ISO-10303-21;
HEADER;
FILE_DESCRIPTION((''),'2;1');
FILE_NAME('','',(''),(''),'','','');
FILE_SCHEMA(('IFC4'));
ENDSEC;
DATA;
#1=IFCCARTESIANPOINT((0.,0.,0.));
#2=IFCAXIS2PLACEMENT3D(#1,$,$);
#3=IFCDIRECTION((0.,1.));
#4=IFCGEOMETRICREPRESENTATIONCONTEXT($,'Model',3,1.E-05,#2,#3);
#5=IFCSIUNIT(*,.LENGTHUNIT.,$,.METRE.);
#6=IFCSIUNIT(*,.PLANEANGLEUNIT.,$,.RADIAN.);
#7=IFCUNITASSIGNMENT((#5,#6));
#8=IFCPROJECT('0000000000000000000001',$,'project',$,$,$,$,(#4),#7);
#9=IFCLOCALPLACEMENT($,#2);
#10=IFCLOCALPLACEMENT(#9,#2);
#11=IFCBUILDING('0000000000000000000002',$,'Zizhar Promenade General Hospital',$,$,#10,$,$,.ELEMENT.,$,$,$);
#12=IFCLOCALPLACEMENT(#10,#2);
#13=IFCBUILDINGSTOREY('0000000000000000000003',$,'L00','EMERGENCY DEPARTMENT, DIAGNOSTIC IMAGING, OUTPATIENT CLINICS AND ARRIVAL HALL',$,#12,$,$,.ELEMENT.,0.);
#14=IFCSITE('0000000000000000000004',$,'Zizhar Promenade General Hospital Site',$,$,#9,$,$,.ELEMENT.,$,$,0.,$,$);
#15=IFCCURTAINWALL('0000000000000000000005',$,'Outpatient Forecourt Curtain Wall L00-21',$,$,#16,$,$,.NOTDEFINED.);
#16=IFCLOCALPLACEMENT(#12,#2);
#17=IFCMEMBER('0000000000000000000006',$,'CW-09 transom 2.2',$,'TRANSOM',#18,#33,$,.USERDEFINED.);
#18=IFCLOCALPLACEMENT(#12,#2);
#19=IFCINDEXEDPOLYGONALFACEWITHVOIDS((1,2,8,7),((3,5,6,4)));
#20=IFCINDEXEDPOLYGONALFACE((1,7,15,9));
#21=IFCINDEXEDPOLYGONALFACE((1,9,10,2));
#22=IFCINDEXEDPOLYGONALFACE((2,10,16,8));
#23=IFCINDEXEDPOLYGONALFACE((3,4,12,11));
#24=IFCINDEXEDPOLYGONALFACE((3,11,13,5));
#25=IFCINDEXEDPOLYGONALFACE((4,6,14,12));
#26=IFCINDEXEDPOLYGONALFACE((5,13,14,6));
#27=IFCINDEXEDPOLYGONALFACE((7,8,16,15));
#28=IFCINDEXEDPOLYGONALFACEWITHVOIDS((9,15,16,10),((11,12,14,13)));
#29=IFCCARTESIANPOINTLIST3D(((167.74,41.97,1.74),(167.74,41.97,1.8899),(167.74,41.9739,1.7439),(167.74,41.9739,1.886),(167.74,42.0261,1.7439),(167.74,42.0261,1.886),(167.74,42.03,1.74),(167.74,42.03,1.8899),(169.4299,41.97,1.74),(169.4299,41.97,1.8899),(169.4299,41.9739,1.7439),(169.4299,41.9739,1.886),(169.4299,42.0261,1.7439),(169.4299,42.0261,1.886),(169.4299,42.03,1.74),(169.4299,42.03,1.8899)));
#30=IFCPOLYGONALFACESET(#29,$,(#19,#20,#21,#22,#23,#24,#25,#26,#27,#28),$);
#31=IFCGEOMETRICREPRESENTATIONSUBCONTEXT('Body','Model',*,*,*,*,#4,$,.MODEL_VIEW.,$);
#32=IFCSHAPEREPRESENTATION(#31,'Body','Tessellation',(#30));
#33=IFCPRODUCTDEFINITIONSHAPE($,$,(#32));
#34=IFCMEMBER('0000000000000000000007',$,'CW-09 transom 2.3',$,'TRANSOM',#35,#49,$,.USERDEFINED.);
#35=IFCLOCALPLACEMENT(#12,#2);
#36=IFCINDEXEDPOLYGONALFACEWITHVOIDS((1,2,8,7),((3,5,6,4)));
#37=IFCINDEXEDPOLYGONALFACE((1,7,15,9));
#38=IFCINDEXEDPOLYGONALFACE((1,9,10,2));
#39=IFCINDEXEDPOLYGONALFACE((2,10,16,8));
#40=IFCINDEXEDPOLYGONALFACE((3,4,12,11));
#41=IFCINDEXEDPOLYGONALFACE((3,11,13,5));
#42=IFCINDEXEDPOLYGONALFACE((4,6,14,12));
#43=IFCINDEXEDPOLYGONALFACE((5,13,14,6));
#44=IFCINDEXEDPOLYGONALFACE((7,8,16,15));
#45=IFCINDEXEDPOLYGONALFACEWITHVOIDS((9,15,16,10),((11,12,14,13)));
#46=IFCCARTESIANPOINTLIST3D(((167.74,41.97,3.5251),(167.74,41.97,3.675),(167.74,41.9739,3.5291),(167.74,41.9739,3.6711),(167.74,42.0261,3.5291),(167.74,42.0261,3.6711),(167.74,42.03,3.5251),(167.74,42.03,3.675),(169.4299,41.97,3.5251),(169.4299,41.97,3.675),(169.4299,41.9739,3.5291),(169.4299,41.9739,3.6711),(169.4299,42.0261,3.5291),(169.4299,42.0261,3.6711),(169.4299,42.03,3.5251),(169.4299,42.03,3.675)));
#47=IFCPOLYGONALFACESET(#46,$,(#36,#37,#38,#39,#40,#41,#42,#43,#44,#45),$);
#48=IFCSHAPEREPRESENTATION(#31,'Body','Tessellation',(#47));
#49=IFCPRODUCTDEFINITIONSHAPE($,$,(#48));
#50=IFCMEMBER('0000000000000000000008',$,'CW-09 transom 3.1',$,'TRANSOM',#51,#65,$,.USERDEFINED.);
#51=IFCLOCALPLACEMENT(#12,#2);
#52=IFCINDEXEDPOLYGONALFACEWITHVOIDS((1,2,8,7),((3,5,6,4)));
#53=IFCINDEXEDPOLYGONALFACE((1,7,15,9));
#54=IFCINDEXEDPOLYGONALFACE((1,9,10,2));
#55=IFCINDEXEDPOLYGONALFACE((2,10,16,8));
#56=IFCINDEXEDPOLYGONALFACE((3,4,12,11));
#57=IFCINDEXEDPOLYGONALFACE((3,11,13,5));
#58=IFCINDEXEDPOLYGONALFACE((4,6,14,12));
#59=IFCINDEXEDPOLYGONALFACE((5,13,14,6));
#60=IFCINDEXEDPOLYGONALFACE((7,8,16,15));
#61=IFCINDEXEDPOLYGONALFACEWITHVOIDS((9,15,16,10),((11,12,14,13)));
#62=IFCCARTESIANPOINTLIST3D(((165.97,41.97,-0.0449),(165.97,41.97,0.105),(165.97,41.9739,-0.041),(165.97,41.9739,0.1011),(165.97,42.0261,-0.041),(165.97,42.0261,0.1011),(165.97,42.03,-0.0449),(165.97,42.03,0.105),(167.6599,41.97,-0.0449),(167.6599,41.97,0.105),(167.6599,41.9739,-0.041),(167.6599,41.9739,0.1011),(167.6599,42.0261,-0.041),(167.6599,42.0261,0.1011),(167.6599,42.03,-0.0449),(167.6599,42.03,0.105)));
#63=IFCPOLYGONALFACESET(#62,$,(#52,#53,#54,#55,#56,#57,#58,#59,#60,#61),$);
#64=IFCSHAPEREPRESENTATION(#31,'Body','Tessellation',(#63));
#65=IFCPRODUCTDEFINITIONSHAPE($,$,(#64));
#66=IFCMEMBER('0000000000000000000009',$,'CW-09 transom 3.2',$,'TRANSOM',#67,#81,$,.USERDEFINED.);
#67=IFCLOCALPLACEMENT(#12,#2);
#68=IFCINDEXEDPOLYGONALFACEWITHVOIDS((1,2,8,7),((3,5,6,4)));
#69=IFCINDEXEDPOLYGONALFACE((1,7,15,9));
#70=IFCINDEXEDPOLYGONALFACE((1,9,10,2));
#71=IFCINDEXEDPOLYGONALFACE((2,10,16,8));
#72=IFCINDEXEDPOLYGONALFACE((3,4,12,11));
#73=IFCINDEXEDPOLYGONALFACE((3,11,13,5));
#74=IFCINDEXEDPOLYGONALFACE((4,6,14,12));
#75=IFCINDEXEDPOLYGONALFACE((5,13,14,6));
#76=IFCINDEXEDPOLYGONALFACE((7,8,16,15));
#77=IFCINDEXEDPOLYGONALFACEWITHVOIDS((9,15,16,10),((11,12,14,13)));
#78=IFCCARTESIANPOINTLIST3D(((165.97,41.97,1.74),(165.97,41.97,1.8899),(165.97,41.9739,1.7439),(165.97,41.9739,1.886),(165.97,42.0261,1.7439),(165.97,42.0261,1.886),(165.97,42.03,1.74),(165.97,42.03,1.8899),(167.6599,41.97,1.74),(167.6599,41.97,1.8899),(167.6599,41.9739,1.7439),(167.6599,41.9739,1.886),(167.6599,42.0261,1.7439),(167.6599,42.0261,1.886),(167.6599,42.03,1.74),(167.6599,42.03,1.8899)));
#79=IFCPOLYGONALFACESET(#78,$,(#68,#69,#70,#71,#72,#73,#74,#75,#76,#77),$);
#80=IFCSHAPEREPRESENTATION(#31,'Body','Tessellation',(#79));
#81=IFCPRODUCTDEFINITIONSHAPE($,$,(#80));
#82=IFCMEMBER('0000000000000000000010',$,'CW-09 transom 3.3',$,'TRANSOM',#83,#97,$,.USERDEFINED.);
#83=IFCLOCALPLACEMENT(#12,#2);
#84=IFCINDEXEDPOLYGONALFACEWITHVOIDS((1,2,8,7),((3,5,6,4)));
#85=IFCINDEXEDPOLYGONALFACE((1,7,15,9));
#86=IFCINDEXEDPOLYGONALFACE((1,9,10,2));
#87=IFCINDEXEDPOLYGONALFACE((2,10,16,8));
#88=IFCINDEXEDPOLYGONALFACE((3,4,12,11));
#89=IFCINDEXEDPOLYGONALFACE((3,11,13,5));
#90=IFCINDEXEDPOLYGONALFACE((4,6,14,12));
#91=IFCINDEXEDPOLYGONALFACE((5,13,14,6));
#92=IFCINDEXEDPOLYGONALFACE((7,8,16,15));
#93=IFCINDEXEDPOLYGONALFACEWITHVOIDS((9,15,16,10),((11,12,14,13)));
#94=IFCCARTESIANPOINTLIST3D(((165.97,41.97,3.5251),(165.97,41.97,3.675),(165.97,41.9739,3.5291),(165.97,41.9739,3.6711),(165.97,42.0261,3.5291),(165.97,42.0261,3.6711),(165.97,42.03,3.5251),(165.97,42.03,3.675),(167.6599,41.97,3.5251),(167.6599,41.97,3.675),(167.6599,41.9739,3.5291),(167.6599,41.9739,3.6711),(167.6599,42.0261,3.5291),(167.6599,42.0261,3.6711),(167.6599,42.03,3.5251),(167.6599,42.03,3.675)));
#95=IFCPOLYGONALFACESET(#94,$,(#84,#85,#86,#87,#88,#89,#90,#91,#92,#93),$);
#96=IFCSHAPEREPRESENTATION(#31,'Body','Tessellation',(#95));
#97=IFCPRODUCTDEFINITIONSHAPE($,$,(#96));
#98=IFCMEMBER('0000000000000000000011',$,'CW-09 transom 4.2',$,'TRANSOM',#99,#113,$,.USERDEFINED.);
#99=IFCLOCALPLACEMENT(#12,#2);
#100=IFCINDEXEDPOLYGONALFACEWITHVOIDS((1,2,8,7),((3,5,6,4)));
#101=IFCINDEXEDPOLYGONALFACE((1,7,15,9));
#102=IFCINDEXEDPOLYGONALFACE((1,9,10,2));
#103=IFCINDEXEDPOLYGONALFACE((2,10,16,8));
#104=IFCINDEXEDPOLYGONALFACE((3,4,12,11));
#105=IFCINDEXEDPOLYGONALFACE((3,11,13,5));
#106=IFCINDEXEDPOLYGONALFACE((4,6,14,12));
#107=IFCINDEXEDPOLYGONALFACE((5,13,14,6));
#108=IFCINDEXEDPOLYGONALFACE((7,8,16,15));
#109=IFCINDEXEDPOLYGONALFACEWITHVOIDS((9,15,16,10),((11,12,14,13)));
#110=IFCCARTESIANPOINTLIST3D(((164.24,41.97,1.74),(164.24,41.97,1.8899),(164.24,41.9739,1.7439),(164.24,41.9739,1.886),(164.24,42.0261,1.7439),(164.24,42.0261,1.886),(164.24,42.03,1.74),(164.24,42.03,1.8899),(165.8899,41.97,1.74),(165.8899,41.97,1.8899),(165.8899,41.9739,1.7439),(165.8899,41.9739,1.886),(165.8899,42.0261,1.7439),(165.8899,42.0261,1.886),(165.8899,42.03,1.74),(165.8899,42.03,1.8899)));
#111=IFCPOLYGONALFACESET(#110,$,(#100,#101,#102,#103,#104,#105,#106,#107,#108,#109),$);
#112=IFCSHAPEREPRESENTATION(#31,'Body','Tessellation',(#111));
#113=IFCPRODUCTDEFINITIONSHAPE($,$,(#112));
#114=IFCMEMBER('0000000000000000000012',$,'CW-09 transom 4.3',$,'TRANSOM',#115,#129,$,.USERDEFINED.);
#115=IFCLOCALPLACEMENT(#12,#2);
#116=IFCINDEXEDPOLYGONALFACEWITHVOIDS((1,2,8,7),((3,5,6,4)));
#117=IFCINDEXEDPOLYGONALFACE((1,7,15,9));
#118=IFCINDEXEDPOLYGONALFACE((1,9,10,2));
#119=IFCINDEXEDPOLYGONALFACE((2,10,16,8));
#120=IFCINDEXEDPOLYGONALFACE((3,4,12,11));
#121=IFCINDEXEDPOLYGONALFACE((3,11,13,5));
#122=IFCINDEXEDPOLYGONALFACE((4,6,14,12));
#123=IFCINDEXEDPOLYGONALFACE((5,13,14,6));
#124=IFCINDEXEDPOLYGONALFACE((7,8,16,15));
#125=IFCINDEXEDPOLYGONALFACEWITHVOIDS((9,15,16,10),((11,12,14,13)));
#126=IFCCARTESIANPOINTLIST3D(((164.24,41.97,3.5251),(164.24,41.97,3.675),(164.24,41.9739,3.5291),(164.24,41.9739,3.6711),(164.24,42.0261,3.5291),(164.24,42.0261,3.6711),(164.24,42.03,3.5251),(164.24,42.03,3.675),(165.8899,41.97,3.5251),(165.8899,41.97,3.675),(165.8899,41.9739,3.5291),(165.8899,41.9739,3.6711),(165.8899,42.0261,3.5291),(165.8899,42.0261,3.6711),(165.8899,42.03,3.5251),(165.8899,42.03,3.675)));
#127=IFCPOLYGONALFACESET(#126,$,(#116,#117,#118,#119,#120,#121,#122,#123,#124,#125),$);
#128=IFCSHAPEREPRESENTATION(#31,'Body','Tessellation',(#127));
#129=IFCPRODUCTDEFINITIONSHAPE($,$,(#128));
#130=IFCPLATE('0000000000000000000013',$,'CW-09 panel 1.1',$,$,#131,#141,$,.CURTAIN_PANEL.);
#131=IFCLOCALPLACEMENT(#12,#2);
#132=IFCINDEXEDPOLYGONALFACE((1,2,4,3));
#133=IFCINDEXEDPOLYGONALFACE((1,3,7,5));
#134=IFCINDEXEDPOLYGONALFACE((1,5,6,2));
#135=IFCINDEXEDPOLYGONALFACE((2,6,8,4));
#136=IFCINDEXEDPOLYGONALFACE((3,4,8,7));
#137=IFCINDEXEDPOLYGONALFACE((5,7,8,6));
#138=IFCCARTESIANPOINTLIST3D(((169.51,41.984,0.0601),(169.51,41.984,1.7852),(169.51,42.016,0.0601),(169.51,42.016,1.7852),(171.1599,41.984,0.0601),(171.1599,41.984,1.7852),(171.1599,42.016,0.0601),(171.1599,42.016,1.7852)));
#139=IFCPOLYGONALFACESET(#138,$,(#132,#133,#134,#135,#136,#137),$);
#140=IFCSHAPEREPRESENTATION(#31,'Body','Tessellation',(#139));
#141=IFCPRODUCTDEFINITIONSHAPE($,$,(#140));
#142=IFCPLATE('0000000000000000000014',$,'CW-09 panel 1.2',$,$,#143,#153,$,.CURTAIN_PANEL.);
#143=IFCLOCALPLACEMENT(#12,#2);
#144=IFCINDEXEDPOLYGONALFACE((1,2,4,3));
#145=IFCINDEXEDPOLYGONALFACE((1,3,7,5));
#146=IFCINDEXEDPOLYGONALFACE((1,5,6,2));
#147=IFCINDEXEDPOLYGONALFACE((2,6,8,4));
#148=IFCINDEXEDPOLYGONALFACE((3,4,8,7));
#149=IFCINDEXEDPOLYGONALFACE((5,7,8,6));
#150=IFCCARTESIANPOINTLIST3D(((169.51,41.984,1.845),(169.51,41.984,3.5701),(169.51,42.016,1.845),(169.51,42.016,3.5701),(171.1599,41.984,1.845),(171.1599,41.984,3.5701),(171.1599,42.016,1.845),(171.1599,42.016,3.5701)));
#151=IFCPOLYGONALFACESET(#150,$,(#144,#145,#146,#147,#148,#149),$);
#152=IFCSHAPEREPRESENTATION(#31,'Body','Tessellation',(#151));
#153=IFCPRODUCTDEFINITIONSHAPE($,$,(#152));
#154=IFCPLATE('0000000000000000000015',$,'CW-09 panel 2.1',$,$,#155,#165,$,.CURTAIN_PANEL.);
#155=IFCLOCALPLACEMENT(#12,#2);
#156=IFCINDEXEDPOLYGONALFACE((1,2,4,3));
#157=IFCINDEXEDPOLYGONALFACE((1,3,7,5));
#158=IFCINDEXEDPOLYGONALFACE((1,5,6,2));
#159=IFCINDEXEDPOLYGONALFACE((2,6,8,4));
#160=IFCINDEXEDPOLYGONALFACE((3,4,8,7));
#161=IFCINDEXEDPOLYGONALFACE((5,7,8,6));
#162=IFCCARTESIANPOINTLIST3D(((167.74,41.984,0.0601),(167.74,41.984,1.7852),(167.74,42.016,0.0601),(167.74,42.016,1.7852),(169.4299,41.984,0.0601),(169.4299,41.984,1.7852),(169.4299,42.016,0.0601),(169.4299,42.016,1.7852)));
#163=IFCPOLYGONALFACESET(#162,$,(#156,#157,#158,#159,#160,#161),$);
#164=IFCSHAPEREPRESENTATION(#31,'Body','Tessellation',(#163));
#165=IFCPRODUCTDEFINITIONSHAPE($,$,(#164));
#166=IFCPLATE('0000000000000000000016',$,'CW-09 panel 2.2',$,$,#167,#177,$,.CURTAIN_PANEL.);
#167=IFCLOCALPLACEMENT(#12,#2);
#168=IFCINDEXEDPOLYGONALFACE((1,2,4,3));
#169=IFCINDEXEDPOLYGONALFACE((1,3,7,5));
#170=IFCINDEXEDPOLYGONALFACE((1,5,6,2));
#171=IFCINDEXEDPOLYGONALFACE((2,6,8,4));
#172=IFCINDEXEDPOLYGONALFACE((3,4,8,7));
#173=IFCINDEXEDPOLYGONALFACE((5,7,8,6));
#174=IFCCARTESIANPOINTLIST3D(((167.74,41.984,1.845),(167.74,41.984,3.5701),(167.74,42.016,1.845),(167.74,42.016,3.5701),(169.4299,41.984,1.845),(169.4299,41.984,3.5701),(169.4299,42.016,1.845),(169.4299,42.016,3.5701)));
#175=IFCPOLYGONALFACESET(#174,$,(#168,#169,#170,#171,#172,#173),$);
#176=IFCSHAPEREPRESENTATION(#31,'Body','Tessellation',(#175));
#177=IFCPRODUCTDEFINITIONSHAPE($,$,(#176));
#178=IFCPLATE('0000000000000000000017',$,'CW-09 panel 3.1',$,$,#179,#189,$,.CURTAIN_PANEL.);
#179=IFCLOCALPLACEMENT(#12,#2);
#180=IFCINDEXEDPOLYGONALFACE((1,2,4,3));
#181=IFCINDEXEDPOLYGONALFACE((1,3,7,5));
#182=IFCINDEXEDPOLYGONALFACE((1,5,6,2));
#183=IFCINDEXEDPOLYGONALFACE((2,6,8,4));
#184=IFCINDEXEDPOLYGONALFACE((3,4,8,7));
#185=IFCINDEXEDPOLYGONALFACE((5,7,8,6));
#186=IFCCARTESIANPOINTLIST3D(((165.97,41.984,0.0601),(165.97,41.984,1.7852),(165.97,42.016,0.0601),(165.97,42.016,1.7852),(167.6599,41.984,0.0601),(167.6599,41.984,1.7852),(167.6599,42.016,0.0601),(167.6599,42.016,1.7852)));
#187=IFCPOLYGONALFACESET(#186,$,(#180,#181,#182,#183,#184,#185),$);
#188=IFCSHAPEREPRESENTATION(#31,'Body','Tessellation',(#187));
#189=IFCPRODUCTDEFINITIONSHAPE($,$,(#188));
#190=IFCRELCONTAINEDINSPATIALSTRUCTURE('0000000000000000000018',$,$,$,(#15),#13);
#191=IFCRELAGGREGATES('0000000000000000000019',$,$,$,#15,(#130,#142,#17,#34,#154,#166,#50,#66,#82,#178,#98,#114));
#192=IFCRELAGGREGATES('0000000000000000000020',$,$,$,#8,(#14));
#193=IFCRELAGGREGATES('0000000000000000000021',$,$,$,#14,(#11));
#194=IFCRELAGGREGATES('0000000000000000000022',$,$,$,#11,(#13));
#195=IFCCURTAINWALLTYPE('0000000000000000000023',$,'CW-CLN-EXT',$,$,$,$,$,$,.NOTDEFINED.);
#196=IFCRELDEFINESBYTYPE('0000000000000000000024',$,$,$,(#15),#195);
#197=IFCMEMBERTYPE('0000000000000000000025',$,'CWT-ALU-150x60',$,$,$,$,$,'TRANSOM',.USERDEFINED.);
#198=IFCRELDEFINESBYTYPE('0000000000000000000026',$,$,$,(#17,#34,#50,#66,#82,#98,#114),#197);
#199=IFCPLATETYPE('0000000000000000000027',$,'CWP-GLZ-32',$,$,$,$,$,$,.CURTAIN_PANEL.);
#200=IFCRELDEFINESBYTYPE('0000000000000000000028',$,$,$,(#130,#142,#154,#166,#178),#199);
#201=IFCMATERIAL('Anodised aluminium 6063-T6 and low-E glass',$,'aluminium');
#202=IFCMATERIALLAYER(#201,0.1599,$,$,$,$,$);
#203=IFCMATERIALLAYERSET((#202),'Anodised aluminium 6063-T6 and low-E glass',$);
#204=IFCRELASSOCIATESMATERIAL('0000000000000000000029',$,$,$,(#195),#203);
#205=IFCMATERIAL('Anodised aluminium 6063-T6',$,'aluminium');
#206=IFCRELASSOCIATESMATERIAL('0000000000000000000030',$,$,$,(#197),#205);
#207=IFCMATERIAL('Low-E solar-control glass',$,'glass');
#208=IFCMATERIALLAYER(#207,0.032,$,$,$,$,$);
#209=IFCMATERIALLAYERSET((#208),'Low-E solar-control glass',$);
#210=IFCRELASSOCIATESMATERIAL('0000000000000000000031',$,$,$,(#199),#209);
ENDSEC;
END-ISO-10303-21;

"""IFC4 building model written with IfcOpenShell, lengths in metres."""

from ifc_helpers import new_model, si_unit, direction, frame, origin, origin_2d, place, context, subcontext, project, spatial, rectangle, hollow_rectangle, extrude, material, layer, layer_set, material_profile, profile_set, type_object, element, aggregate, save


model = new_model("IFC4")

# Units and contexts
model_context = context("Model", 3, precision=1e-05, world=origin(), true_north=direction((0.0, 1.0)))
body_context = subcontext(model_context, "Body", "Model", "MODEL_VIEW")
ifc_project = project(units=[si_unit("LENGTHUNIT", "METRE"), si_unit("PLANEANGLEUNIT", "RADIAN")], contexts=[model_context])

# Site, building, storey
site_placement = place(None, origin())
site = spatial("IfcSite", under=ifc_project, at=site_placement, Name="Zizhar Promenade General Hospital Site", CompositionType="ELEMENT", RefElevation=0.0)
building_placement = place(site_placement, origin())
building = spatial("IfcBuilding", under=site, at=building_placement, Name="Zizhar Promenade General Hospital", CompositionType="ELEMENT")
storey_placement = place(building_placement, origin())
storey = spatial("IfcBuildingStorey", under=building, at=storey_placement, Name="L00", Description="EMERGENCY DEPARTMENT, DIAGNOSTIC IMAGING, OUTPATIENT CLINICS AND ARRIVAL HALL", CompositionType="ELEMENT", Elevation=0.0)

# Curtain wall, members, plates
ifc_material_1 = material(Name="Anodised aluminium 6063-T6 and low-E glass", Category="aluminium")
ifc_layer_1 = layer(ifc_material_1, 0.1599)
ifc_layer_set_1 = layer_set([ifc_layer_1], Name="Anodised aluminium 6063-T6 and low-E glass")
curtain_wall_type = type_object("IfcCurtainWallType", Name="CW-CLN-EXT", PredefinedType="NOTDEFINED", material=ifc_layer_set_1)
curtain_wall_placement = place(storey_placement, origin())
curtain_wall = element("IfcCurtainWall", 1, at=curtain_wall_placement, inside=storey, type_object=curtain_wall_type, Name="Outpatient Forecourt Curtain Wall L00-21", PredefinedType="NOTDEFINED")
ifc_material_2 = material(Name="Anodised aluminium 6063-T6", Category="aluminium")
ifc_material_profile_1 = material_profile(ifc_material_2, hollow_rectangle(XDim=0.0601, YDim=0.1499, WallThickness=0.0039, at=origin_2d()))
ifc_profile_set_1 = profile_set([ifc_material_profile_1], Name="Anodised aluminium 6063-T6")
member_type_1 = type_object("IfcMemberType", Name="CWT-ALU-150x60", ElementType="TRANSOM", PredefinedType="USERDEFINED", material=ifc_profile_set_1)
member_1_placement = place(storey_placement, frame((169.4299, 42.0, 1.8149), z_axis=(-1.0, 0.0, 0.0), x_axis=(0.0, -1.0, 0.0)))
member_1 = element("IfcMember", 2, at=member_1_placement, type_object=member_type_1, Name="CW-09 transom 2.2", ObjectType="TRANSOM", PredefinedType="USERDEFINED", context=body_context, shape_type="SweptSolid", body=[
    extrude(hollow_rectangle(XDim=0.0601, YDim=0.1499, WallThickness=0.0039, at=origin_2d()), origin(), (0.0, 0.0, 1.0), 1.6899),
])
member_2_placement = place(storey_placement, frame((169.4299, 42.0, 3.6001), z_axis=(-1.0, 0.0, 0.0), x_axis=(0.0, -1.0, 0.0)))
member_2 = element("IfcMember", 3, at=member_2_placement, type_object=member_type_1, Name="CW-09 transom 2.3", ObjectType="TRANSOM", PredefinedType="USERDEFINED", context=body_context, shape_type="SweptSolid", body=[
    extrude(hollow_rectangle(XDim=0.0601, YDim=0.1499, WallThickness=0.0039, at=origin_2d()), origin(), (0.0, 0.0, 1.0), 1.6899),
])
member_3_placement = place(storey_placement, frame((167.6599, 42.0, 0.03), z_axis=(-1.0, 0.0, 0.0), x_axis=(0.0, -1.0, 0.0)))
member_3 = element("IfcMember", 4, at=member_3_placement, type_object=member_type_1, Name="CW-09 transom 3.1", ObjectType="TRANSOM", PredefinedType="USERDEFINED", context=body_context, shape_type="SweptSolid", body=[
    extrude(hollow_rectangle(XDim=0.0601, YDim=0.1499, WallThickness=0.0039, at=origin_2d()), origin(), (0.0, 0.0, 1.0), 1.6899),
])
member_4_placement = place(storey_placement, frame((167.6599, 42.0, 1.8149), z_axis=(-1.0, 0.0, 0.0), x_axis=(0.0, -1.0, 0.0)))
member_4 = element("IfcMember", 5, at=member_4_placement, type_object=member_type_1, Name="CW-09 transom 3.2", ObjectType="TRANSOM", PredefinedType="USERDEFINED", context=body_context, shape_type="SweptSolid", body=[
    extrude(hollow_rectangle(XDim=0.0601, YDim=0.1499, WallThickness=0.0039, at=origin_2d()), origin(), (0.0, 0.0, 1.0), 1.6899),
])
member_5_placement = place(storey_placement, frame((167.6599, 42.0, 3.6001), z_axis=(-1.0, 0.0, 0.0), x_axis=(0.0, -1.0, 0.0)))
member_5 = element("IfcMember", 6, at=member_5_placement, type_object=member_type_1, Name="CW-09 transom 3.3", ObjectType="TRANSOM", PredefinedType="USERDEFINED", context=body_context, shape_type="SweptSolid", body=[
    extrude(hollow_rectangle(XDim=0.0601, YDim=0.1499, WallThickness=0.0039, at=origin_2d()), origin(), (0.0, 0.0, 1.0), 1.6899),
])
member_6_placement = place(storey_placement, frame((165.8899, 42.0, 1.8149), z_axis=(-1.0, 0.0, 0.0), x_axis=(0.0, -1.0, 0.0)))
member_6 = element("IfcMember", 7, at=member_6_placement, type_object=member_type_1, Name="CW-09 transom 4.2", ObjectType="TRANSOM", PredefinedType="USERDEFINED", context=body_context, shape_type="SweptSolid", body=[
    extrude(hollow_rectangle(XDim=0.0601, YDim=0.1499, WallThickness=0.0039, at=origin_2d()), origin(), (0.0, 0.0, 1.0), 1.6499),
])
member_7_placement = place(storey_placement, frame((165.8899, 42.0, 3.6001), z_axis=(-1.0, 0.0, 0.0), x_axis=(0.0, -1.0, 0.0)))
member_7 = element("IfcMember", 8, at=member_7_placement, type_object=member_type_1, Name="CW-09 transom 4.3", ObjectType="TRANSOM", PredefinedType="USERDEFINED", context=body_context, shape_type="SweptSolid", body=[
    extrude(hollow_rectangle(XDim=0.0601, YDim=0.1499, WallThickness=0.0039, at=origin_2d()), origin(), (0.0, 0.0, 1.0), 1.6499),
])
ifc_material_3 = material(Name="Low-E solar-control glass", Category="glass")
ifc_layer_2 = layer(ifc_material_3, 0.032)
ifc_layer_set_2 = layer_set([ifc_layer_2], Name="Low-E solar-control glass")
plate_type = type_object("IfcPlateType", Name="CWP-GLZ-32", PredefinedType="CURTAIN_PANEL", material=ifc_layer_set_2)
plate_1_placement = place(storey_placement, frame((170.335, 42.0, 0.0601), z_axis=(0.0, 0.0, 1.0), x_axis=(-1.0, 0.0, 0.0)))
plate_1 = element("IfcPlate", 9, at=plate_1_placement, type_object=plate_type, Name="CW-09 panel 1.1", PredefinedType="CURTAIN_PANEL", context=body_context, shape_type="SweptSolid", body=[
    extrude(rectangle(XDim=1.6499, YDim=0.032, at=origin_2d()), origin(), (0.0, 0.0, 1.0), 1.7251),
])
plate_2_placement = place(storey_placement, frame((170.335, 42.0, 1.845), z_axis=(0.0, 0.0, 1.0), x_axis=(-1.0, 0.0, 0.0)))
plate_2 = element("IfcPlate", 10, at=plate_2_placement, type_object=plate_type, Name="CW-09 panel 1.2", PredefinedType="CURTAIN_PANEL", context=body_context, shape_type="SweptSolid", body=[
    extrude(rectangle(XDim=1.6499, YDim=0.032, at=origin_2d()), origin(), (0.0, 0.0, 1.0), 1.7251),
])
plate_3_placement = place(storey_placement, frame((168.585, 42.0, 0.0601), z_axis=(0.0, 0.0, 1.0), x_axis=(-1.0, 0.0, 0.0)))
plate_3 = element("IfcPlate", 11, at=plate_3_placement, type_object=plate_type, Name="CW-09 panel 2.1", PredefinedType="CURTAIN_PANEL", context=body_context, shape_type="SweptSolid", body=[
    extrude(rectangle(XDim=1.6899, YDim=0.032, at=origin_2d()), origin(), (0.0, 0.0, 1.0), 1.7251),
])
plate_4_placement = place(storey_placement, frame((168.585, 42.0, 1.845), z_axis=(0.0, 0.0, 1.0), x_axis=(-1.0, 0.0, 0.0)))
plate_4 = element("IfcPlate", 12, at=plate_4_placement, type_object=plate_type, Name="CW-09 panel 2.2", PredefinedType="CURTAIN_PANEL", context=body_context, shape_type="SweptSolid", body=[
    extrude(rectangle(XDim=1.6899, YDim=0.032, at=origin_2d()), origin(), (0.0, 0.0, 1.0), 1.7251),
])
plate_5_placement = place(storey_placement, frame((166.8149, 42.0, 0.0601), z_axis=(0.0, 0.0, 1.0), x_axis=(-1.0, 0.0, 0.0)))
plate_5 = element("IfcPlate", 13, at=plate_5_placement, type_object=plate_type, Name="CW-09 panel 3.1", PredefinedType="CURTAIN_PANEL", context=body_context, shape_type="SweptSolid", body=[
    extrude(rectangle(XDim=1.6899, YDim=0.032, at=origin_2d()), origin(), (0.0, 0.0, 1.0), 1.7251),
])
aggregate(curtain_wall, [plate_1, plate_2, member_1, member_2, plate_3, plate_4, member_3, member_4, member_5, plate_5, member_6, member_7])

save(model, "model.ifc")
